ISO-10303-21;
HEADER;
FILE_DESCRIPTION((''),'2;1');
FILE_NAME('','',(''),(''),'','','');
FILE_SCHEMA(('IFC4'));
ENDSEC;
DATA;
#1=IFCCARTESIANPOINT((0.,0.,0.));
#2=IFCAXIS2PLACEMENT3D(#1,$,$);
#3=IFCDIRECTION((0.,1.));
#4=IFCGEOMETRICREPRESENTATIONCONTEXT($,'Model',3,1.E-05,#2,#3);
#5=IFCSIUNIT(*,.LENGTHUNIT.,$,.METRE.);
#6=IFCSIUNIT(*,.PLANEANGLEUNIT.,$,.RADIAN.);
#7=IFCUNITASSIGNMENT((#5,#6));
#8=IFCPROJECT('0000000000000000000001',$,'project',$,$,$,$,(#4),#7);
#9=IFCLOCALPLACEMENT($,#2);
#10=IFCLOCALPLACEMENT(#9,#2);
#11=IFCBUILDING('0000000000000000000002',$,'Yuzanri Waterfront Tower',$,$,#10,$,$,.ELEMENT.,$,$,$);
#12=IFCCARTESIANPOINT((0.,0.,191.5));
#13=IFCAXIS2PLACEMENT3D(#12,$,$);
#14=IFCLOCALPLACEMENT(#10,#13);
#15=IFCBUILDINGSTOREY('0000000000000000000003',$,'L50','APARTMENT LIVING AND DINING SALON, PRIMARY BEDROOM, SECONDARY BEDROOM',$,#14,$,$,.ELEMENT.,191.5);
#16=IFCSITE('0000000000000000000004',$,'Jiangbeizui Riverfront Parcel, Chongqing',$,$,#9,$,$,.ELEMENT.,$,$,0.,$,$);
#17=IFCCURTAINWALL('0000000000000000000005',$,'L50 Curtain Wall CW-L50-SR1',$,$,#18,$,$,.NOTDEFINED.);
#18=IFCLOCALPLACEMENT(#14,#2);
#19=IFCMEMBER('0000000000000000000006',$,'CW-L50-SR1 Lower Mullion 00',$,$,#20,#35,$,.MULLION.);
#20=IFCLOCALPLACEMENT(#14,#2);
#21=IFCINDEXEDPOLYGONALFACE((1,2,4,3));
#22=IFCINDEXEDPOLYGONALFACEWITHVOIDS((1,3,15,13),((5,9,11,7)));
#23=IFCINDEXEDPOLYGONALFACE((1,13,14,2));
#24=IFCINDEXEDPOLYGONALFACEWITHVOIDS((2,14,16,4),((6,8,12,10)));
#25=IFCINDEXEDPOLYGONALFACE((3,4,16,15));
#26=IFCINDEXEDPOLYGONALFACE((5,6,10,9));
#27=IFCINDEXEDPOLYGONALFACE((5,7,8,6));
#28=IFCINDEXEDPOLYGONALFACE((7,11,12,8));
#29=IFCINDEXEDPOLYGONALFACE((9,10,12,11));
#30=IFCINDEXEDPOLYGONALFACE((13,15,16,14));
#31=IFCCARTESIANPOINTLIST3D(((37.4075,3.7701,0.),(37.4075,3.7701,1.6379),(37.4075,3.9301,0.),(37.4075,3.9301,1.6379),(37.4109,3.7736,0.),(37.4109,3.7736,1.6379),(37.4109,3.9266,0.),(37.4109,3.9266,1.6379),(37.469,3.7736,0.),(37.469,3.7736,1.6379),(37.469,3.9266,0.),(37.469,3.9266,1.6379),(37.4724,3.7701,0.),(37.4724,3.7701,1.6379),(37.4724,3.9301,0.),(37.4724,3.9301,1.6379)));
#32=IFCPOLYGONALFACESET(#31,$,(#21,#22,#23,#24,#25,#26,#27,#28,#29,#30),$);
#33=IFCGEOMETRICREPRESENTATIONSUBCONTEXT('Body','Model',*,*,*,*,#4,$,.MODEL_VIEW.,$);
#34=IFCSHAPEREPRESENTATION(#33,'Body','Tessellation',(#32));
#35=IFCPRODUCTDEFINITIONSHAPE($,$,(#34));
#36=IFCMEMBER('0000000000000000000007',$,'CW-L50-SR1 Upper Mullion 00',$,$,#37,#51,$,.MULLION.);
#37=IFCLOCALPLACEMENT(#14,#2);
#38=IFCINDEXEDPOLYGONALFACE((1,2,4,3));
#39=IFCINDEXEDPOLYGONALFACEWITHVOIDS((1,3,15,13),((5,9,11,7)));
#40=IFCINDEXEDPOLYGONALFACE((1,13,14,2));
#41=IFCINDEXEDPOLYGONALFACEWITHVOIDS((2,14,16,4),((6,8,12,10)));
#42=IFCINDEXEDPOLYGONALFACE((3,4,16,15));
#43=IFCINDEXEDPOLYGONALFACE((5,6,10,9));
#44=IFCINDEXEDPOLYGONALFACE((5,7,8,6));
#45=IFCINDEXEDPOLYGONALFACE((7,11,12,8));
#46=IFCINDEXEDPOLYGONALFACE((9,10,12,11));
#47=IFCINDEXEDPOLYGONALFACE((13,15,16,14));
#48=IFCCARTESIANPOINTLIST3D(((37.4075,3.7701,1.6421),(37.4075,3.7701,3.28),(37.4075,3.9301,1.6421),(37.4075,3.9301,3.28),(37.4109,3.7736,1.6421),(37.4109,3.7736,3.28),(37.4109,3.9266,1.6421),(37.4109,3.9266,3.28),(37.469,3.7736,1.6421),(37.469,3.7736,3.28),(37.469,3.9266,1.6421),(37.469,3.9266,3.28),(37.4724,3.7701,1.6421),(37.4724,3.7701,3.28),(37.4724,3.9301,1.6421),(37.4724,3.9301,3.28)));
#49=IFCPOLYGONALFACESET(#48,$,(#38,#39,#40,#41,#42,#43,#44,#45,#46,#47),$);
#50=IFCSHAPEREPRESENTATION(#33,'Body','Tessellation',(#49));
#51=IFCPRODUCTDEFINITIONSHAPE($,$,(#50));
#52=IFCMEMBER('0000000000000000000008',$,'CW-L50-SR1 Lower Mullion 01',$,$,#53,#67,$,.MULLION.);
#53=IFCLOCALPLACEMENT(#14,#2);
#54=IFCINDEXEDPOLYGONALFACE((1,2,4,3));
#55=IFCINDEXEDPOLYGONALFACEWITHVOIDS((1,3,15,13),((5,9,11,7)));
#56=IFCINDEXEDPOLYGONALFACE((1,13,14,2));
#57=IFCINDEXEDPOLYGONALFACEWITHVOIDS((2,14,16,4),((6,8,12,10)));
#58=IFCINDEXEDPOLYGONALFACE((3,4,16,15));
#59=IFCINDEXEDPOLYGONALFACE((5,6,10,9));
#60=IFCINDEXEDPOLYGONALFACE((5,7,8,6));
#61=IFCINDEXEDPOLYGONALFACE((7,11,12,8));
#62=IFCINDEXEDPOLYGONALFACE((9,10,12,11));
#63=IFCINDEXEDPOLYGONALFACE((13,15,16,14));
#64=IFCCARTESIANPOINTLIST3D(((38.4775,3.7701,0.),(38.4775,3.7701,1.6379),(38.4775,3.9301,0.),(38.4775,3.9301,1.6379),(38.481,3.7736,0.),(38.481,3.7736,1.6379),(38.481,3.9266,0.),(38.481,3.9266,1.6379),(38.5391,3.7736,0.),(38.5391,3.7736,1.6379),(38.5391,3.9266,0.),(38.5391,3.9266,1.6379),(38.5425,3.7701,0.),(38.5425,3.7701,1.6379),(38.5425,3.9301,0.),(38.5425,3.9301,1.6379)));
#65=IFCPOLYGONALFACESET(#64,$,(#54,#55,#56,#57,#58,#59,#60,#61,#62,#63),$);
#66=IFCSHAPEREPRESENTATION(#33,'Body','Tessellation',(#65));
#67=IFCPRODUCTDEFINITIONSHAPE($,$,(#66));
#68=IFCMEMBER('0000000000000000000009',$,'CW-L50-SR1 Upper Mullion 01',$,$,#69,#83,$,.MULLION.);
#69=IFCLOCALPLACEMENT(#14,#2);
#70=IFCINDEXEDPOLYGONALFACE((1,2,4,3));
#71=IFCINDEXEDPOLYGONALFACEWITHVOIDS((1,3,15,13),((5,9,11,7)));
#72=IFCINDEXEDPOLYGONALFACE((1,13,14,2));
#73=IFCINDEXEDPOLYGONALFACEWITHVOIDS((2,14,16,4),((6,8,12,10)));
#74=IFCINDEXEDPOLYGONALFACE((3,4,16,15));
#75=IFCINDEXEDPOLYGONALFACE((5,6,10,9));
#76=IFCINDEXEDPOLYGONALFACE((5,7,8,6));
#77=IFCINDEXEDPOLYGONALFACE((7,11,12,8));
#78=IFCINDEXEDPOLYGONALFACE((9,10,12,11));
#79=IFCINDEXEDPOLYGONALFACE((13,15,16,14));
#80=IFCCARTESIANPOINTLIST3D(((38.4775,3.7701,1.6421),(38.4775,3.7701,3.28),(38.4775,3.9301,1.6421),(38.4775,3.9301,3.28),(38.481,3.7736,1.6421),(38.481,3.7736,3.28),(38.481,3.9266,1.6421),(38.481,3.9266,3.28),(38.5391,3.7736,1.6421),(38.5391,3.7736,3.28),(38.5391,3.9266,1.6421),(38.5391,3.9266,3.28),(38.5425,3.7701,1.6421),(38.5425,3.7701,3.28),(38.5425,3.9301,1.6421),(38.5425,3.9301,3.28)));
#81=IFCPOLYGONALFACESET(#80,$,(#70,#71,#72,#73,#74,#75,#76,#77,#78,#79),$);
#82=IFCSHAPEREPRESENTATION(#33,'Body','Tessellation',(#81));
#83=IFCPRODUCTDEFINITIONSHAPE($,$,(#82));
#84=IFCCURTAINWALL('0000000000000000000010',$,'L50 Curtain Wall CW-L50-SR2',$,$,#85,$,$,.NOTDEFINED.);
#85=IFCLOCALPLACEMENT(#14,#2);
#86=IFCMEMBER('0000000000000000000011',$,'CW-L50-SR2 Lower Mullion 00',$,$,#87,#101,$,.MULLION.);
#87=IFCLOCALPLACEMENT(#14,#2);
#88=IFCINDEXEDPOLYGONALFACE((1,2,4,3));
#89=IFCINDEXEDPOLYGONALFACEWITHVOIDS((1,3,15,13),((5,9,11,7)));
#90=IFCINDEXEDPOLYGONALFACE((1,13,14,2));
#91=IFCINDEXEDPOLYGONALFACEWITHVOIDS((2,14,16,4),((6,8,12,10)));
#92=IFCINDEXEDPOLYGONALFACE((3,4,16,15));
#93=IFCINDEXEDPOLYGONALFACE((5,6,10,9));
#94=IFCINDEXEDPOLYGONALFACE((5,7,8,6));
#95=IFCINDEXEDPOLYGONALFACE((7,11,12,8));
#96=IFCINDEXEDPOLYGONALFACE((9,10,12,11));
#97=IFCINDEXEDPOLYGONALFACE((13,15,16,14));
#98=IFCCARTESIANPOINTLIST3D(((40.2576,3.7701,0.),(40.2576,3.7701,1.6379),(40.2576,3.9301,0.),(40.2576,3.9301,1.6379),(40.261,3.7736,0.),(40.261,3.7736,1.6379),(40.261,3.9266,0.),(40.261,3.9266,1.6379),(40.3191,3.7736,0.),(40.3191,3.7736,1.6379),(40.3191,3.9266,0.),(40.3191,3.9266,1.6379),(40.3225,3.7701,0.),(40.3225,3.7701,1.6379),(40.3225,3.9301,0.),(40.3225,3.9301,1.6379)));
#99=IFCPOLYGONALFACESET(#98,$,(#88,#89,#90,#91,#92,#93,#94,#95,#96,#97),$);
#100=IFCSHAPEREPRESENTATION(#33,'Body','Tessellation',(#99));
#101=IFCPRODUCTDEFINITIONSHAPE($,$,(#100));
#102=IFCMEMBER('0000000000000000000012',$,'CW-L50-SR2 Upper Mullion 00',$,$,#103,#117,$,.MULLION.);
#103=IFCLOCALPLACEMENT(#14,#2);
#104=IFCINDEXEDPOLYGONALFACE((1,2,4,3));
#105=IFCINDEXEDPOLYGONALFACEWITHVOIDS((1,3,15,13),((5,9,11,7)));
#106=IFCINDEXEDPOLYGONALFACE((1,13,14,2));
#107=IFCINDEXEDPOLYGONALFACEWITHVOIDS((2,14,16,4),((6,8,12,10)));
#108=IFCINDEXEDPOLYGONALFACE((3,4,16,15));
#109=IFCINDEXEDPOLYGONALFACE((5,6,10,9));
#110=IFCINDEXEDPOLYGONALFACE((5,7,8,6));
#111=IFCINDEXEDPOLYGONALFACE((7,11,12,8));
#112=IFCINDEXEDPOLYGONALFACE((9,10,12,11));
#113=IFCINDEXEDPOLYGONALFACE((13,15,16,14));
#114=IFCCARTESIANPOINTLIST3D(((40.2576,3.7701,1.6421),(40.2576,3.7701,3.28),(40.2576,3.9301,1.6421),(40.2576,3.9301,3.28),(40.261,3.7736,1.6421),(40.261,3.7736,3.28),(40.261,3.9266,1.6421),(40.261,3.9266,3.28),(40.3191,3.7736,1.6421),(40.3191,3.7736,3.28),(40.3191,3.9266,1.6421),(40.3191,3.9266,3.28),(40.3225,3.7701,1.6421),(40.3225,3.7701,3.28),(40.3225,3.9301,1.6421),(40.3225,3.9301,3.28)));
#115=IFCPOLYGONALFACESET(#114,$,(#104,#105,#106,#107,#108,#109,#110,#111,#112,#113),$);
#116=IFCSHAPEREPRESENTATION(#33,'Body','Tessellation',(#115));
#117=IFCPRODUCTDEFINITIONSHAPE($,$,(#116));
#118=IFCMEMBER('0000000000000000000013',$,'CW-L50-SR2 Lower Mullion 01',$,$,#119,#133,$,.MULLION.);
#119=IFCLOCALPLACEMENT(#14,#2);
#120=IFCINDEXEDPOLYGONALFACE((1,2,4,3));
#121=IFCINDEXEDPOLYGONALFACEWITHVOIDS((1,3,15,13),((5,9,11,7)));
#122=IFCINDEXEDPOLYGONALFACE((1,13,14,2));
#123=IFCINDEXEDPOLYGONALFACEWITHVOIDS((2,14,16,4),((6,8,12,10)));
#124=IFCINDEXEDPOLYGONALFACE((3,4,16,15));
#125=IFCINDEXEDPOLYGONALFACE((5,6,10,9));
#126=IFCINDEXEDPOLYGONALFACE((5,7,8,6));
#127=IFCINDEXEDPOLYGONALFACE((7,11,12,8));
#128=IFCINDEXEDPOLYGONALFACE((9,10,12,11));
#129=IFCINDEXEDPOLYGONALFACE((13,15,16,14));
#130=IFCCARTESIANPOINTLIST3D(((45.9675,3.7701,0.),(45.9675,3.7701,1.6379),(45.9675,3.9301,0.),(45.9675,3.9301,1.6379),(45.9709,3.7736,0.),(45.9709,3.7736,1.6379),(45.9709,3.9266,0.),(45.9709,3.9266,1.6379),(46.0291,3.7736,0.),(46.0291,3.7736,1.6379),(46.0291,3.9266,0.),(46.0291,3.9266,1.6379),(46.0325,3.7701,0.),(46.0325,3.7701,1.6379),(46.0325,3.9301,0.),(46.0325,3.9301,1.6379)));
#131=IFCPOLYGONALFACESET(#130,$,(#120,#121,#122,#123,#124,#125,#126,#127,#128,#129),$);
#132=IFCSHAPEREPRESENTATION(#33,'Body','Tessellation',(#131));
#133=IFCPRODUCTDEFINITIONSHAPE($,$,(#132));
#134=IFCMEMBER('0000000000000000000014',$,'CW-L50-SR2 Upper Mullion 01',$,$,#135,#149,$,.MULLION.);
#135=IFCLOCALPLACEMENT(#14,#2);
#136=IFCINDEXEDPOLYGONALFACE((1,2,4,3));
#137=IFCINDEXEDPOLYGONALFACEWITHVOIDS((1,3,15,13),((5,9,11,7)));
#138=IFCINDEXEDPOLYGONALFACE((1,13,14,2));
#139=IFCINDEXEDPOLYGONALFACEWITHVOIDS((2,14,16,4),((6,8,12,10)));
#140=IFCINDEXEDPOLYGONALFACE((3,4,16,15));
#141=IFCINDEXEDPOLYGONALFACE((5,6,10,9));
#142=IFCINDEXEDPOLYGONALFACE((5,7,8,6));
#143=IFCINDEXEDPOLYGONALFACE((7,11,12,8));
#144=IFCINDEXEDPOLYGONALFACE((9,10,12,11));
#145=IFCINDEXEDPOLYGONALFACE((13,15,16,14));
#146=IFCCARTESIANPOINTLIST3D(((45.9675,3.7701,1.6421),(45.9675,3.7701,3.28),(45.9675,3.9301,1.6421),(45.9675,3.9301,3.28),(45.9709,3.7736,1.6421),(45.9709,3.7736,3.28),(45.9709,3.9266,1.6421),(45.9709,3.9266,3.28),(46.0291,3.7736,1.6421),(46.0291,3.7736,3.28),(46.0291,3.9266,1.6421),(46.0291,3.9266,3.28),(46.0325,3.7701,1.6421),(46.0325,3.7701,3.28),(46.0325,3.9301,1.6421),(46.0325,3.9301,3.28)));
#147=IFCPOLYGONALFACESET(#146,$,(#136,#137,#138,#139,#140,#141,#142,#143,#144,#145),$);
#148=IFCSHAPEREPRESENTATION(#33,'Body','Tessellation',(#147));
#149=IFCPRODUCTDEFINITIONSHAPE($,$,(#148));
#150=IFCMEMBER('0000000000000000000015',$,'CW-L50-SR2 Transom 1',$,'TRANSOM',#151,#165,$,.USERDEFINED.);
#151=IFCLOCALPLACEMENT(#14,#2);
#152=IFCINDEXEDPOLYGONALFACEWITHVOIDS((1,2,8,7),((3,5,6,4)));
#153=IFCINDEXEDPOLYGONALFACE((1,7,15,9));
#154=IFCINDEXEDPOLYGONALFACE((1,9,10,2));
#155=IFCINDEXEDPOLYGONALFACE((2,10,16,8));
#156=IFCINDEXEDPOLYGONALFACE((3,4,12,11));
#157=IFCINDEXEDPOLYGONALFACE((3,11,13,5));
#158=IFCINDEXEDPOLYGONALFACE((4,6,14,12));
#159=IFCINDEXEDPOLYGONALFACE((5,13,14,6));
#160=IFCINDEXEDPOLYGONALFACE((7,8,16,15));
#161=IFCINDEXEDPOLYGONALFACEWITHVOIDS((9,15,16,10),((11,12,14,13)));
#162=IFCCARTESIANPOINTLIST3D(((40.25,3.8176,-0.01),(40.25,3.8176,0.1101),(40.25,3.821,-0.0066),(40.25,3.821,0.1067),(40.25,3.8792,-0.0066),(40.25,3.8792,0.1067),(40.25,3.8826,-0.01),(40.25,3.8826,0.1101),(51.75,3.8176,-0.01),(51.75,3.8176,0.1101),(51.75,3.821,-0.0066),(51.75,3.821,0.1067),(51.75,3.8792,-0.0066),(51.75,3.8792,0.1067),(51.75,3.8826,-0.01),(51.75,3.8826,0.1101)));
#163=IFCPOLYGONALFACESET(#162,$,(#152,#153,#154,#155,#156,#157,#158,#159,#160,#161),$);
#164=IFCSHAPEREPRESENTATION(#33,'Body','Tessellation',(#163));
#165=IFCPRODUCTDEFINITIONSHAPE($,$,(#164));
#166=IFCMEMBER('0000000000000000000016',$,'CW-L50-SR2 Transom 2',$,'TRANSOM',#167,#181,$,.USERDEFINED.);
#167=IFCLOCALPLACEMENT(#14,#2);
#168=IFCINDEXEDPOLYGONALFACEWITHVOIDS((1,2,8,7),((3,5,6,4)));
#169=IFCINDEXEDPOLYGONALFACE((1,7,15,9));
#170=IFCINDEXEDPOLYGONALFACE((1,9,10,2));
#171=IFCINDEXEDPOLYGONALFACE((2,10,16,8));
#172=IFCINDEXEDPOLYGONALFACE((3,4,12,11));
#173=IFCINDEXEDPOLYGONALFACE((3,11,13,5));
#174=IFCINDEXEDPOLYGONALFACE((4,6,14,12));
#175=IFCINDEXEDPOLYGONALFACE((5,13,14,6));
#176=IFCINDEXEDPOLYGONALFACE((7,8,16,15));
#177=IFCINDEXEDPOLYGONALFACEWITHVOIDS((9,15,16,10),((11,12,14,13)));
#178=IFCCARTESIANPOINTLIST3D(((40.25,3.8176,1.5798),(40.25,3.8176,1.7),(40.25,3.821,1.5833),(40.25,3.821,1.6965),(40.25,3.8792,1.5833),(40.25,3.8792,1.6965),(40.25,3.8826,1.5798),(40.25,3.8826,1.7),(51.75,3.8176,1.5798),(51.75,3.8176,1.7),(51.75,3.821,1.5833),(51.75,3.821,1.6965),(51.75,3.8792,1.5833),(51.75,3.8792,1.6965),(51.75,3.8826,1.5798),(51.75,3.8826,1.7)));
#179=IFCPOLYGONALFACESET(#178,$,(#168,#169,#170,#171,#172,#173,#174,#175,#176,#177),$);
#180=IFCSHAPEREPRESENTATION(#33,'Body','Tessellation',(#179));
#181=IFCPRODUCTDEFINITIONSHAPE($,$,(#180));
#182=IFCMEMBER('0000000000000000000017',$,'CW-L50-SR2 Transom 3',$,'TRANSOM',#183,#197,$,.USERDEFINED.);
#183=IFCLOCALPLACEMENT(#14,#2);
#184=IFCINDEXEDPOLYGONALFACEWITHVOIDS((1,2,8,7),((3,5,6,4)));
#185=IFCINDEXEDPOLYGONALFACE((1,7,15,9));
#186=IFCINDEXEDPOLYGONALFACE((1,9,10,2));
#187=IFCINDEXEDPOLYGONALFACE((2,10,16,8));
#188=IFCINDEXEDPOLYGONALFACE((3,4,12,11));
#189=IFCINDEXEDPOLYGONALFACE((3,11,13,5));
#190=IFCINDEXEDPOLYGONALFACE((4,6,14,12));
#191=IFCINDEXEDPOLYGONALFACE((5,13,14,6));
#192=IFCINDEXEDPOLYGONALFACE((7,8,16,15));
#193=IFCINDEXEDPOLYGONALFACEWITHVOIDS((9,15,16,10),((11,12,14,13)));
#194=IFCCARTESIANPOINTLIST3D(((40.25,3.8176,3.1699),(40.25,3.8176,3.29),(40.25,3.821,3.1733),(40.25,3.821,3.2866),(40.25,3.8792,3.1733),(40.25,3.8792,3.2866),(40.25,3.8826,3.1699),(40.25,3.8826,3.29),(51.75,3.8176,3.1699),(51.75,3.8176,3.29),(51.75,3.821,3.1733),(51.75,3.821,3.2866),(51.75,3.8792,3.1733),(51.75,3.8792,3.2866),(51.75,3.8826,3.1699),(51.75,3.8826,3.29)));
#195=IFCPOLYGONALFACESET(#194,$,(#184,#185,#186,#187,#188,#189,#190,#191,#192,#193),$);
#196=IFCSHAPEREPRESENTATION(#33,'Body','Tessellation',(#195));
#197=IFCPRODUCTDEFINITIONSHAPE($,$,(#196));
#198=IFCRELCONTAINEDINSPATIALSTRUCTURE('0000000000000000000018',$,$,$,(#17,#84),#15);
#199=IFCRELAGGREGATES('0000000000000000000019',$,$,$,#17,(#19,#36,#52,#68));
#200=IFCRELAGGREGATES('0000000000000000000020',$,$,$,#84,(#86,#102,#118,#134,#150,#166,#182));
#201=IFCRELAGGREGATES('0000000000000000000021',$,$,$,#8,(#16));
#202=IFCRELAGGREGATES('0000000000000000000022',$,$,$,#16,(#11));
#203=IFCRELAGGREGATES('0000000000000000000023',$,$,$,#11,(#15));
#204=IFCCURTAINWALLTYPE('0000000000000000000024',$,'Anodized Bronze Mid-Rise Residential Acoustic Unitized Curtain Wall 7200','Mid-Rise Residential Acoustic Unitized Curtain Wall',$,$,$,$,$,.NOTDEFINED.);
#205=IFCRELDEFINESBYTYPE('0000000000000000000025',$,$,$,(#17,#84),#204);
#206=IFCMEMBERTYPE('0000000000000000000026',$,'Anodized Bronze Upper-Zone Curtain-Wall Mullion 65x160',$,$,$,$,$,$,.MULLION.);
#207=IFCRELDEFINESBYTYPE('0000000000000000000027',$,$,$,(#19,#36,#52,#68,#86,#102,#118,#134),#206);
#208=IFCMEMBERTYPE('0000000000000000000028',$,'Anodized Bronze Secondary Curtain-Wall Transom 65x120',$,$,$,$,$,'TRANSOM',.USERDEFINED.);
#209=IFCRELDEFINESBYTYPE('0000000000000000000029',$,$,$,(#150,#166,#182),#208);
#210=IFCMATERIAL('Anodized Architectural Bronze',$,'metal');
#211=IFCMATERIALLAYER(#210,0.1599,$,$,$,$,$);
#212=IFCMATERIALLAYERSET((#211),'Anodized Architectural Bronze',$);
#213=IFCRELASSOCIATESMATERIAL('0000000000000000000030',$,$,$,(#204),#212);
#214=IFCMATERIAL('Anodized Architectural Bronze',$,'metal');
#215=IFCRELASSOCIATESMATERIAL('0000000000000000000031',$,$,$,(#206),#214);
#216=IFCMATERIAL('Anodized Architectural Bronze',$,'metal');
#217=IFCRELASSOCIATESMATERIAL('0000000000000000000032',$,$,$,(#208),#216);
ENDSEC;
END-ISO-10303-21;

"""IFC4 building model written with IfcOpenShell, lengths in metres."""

from ifc_helpers import new_model, si_unit, direction, frame, origin, origin_2d, place, context, subcontext, project, spatial, hollow_rectangle, extrude, source, transform, mapped, material, layer, layer_set, material_profile, profile_set, type_object, element, aggregate, save


model = new_model("IFC4")

# Units and contexts
model_context = context("Model", 3, precision=1e-05, world=origin(), true_north=direction((0.0, 1.0)))
body_context = subcontext(model_context, "Body", "Model", "MODEL_VIEW")
ifc_project = project(units=[si_unit("LENGTHUNIT", "METRE"), si_unit("PLANEANGLEUNIT", "RADIAN")], contexts=[model_context])

# Site, building, storey
site_placement = place(None, origin())
site = spatial("IfcSite", under=ifc_project, at=site_placement, Name="Jiangbeizui Riverfront Parcel, Chongqing", CompositionType="ELEMENT", RefElevation=0.0)
building_placement = place(site_placement, origin())
building = spatial("IfcBuilding", under=site, at=building_placement, Name="Yuzanri Waterfront Tower", CompositionType="ELEMENT")
storey_placement = place(building_placement, frame((0.0, 0.0, 191.5)))
storey = spatial("IfcBuildingStorey", under=building, at=storey_placement, Name="L50", Description="APARTMENT LIVING AND DINING SALON, PRIMARY BEDROOM, SECONDARY BEDROOM", CompositionType="ELEMENT", Elevation=191.5)

# Curtain walls, members
ifc_material_1 = material(Name="Anodized Architectural Bronze", Category="metal")
ifc_layer_1 = layer(ifc_material_1, 0.1599)
ifc_layer_set_1 = layer_set([ifc_layer_1], Name="Anodized Architectural Bronze")
curtain_wall_type = type_object("IfcCurtainWallType", Name="Anodized Bronze Mid-Rise Residential Acoustic Unitized Curtain Wall 7200", Description="Mid-Rise Residential Acoustic Unitized Curtain Wall", PredefinedType="NOTDEFINED", material=ifc_layer_set_1)
curtain_wall_1_placement = place(storey_placement, origin())
curtain_wall_1 = element("IfcCurtainWall", 1, at=curtain_wall_1_placement, inside=storey, type_object=curtain_wall_type, Name="L50 Curtain Wall CW-L50-SR1", PredefinedType="NOTDEFINED")
ifc_material_2 = material(Name="Anodized Architectural Bronze", Category="metal")
ifc_material_profile_1 = material_profile(ifc_material_2, hollow_rectangle(XDim=0.0649, YDim=0.1599, WallThickness=0.0034, at=origin_2d()), Name="CWM 65x160")
ifc_profile_set_1 = profile_set([ifc_material_profile_1], Name="Anodized Architectural Bronze")
member_type_1 = type_object("IfcMemberType", Name="Anodized Bronze Upper-Zone Curtain-Wall Mullion 65x160", PredefinedType="MULLION", material=ifc_profile_set_1)
shared_shape_1 = source(origin(), body_context, "Body", "SweptSolid", [
    extrude(hollow_rectangle(XDim=0.0649, YDim=0.1599, WallThickness=0.0034, at=origin_2d()), origin(), (0.0, 0.0, 1.0), 1.6379),
])
member_1_placement = place(storey_placement, frame((37.4399, 3.8501, 0.0), z_axis=(0.0, 0.0, 1.0), x_axis=(1.0, 0.0, 0.0)))
member_1 = element("IfcMember", 2, at=member_1_placement, type_object=member_type_1, Name="CW-L50-SR1 Lower Mullion 00", PredefinedType="MULLION", context=body_context, shape_type="MappedRepresentation", body=[
    mapped(shared_shape_1, transform((0.0, 0.0, 0.0), scale=1.0)),
])
member_2_placement = place(storey_placement, frame((37.4399, 3.8501, 1.6421), z_axis=(0.0, 0.0, 1.0), x_axis=(1.0, 0.0, 0.0)))
member_2 = element("IfcMember", 3, at=member_2_placement, type_object=member_type_1, Name="CW-L50-SR1 Upper Mullion 00", PredefinedType="MULLION", context=body_context, shape_type="MappedRepresentation", body=[
    mapped(shared_shape_1, transform((0.0, 0.0, 0.0), scale=1.0)),
])
member_3_placement = place(storey_placement, frame((38.51, 3.8501, 0.0), z_axis=(0.0, 0.0, 1.0), x_axis=(1.0, 0.0, 0.0)))
member_3 = element("IfcMember", 4, at=member_3_placement, type_object=member_type_1, Name="CW-L50-SR1 Lower Mullion 01", PredefinedType="MULLION", context=body_context, shape_type="MappedRepresentation", body=[
    mapped(shared_shape_1, transform((0.0, 0.0, 0.0), scale=1.0)),
])
member_4_placement = place(storey_placement, frame((38.51, 3.8501, 1.6421), z_axis=(0.0, 0.0, 1.0), x_axis=(1.0, 0.0, 0.0)))
member_4 = element("IfcMember", 5, at=member_4_placement, type_object=member_type_1, Name="CW-L50-SR1 Upper Mullion 01", PredefinedType="MULLION", context=body_context, shape_type="MappedRepresentation", body=[
    mapped(shared_shape_1, transform((0.0, 0.0, 0.0), scale=1.0)),
])
curtain_wall_2_placement = place(storey_placement, origin())
curtain_wall_2 = element("IfcCurtainWall", 6, at=curtain_wall_2_placement, inside=storey, type_object=curtain_wall_type, Name="L50 Curtain Wall CW-L50-SR2", PredefinedType="NOTDEFINED")
member_5_placement = place(storey_placement, frame((40.29, 3.8501, 0.0), z_axis=(0.0, 0.0, 1.0), x_axis=(1.0, 0.0, 0.0)))
member_5 = element("IfcMember", 7, at=member_5_placement, type_object=member_type_1, Name="CW-L50-SR2 Lower Mullion 00", PredefinedType="MULLION", context=body_context, shape_type="MappedRepresentation", body=[
    mapped(shared_shape_1, transform((0.0, 0.0, 0.0), scale=1.0)),
])
member_6_placement = place(storey_placement, frame((40.29, 3.8501, 1.6421), z_axis=(0.0, 0.0, 1.0), x_axis=(1.0, 0.0, 0.0)))
member_6 = element("IfcMember", 8, at=member_6_placement, type_object=member_type_1, Name="CW-L50-SR2 Upper Mullion 00", PredefinedType="MULLION", context=body_context, shape_type="MappedRepresentation", body=[
    mapped(shared_shape_1, transform((0.0, 0.0, 0.0), scale=1.0)),
])
member_7_placement = place(storey_placement, frame((46.0, 3.8501, 0.0), z_axis=(0.0, 0.0, 1.0), x_axis=(1.0, 0.0, 0.0)))
member_7 = element("IfcMember", 9, at=member_7_placement, type_object=member_type_1, Name="CW-L50-SR2 Lower Mullion 01", PredefinedType="MULLION", context=body_context, shape_type="MappedRepresentation", body=[
    mapped(shared_shape_1, transform((0.0, 0.0, 0.0), scale=1.0)),
])
member_8_placement = place(storey_placement, frame((46.0, 3.8501, 1.6421), z_axis=(0.0, 0.0, 1.0), x_axis=(1.0, 0.0, 0.0)))
member_8 = element("IfcMember", 10, at=member_8_placement, type_object=member_type_1, Name="CW-L50-SR2 Upper Mullion 01", PredefinedType="MULLION", context=body_context, shape_type="MappedRepresentation", body=[
    mapped(shared_shape_1, transform((0.0, 0.0, 0.0), scale=1.0)),
])
ifc_material_3 = material(Name="Anodized Architectural Bronze", Category="metal")
ifc_material_profile_2 = material_profile(ifc_material_3, hollow_rectangle(XDim=0.0649, YDim=0.1201, WallThickness=0.0034, at=origin_2d()), Name="CWT 65x120")
ifc_profile_set_2 = profile_set([ifc_material_profile_2], Name="Anodized Architectural Bronze")
member_type_2 = type_object("IfcMemberType", Name="Anodized Bronze Secondary Curtain-Wall Transom 65x120", ElementType="TRANSOM", PredefinedType="USERDEFINED", material=ifc_profile_set_2)
shared_shape_2 = source(origin(), body_context, "Body", "SweptSolid", [
    extrude(hollow_rectangle(XDim=0.0649, YDim=0.1201, WallThickness=0.0034, at=origin_2d()), origin(), (0.0, 0.0, 1.0), 11.5),
])
member_9_placement = place(storey_placement, frame((40.25, 3.8501, 0.05), z_axis=(1.0, 0.0, 0.0), x_axis=(0.0, 1.0, 0.0)))
member_9 = element("IfcMember", 11, at=member_9_placement, type_object=member_type_2, Name="CW-L50-SR2 Transom 1", ObjectType="TRANSOM", PredefinedType="USERDEFINED", context=body_context, shape_type="MappedRepresentation", body=[
    mapped(shared_shape_2, transform((0.0, 0.0, 0.0), scale=1.0)),
])
member_10_placement = place(storey_placement, frame((40.25, 3.8501, 1.6399), z_axis=(1.0, 0.0, 0.0), x_axis=(0.0, 1.0, 0.0)))
member_10 = element("IfcMember", 12, at=member_10_placement, type_object=member_type_2, Name="CW-L50-SR2 Transom 2", ObjectType="TRANSOM", PredefinedType="USERDEFINED", context=body_context, shape_type="MappedRepresentation", body=[
    mapped(shared_shape_2, transform((0.0, 0.0, 0.0), scale=1.0)),
])
member_11_placement = place(storey_placement, frame((40.25, 3.8501, 3.23), z_axis=(1.0, 0.0, 0.0), x_axis=(0.0, 1.0, 0.0)))
member_11 = element("IfcMember", 13, at=member_11_placement, type_object=member_type_2, Name="CW-L50-SR2 Transom 3", ObjectType="TRANSOM", PredefinedType="USERDEFINED", context=body_context, shape_type="MappedRepresentation", body=[
    mapped(shared_shape_2, transform((0.0, 0.0, 0.0), scale=1.0)),
])

aggregate(curtain_wall_1, [member_1, member_2, member_3, member_4])
aggregate(curtain_wall_2, [member_5, member_6, member_7, member_8, member_9, member_10, member_11])

save(model, "model.ifc")
